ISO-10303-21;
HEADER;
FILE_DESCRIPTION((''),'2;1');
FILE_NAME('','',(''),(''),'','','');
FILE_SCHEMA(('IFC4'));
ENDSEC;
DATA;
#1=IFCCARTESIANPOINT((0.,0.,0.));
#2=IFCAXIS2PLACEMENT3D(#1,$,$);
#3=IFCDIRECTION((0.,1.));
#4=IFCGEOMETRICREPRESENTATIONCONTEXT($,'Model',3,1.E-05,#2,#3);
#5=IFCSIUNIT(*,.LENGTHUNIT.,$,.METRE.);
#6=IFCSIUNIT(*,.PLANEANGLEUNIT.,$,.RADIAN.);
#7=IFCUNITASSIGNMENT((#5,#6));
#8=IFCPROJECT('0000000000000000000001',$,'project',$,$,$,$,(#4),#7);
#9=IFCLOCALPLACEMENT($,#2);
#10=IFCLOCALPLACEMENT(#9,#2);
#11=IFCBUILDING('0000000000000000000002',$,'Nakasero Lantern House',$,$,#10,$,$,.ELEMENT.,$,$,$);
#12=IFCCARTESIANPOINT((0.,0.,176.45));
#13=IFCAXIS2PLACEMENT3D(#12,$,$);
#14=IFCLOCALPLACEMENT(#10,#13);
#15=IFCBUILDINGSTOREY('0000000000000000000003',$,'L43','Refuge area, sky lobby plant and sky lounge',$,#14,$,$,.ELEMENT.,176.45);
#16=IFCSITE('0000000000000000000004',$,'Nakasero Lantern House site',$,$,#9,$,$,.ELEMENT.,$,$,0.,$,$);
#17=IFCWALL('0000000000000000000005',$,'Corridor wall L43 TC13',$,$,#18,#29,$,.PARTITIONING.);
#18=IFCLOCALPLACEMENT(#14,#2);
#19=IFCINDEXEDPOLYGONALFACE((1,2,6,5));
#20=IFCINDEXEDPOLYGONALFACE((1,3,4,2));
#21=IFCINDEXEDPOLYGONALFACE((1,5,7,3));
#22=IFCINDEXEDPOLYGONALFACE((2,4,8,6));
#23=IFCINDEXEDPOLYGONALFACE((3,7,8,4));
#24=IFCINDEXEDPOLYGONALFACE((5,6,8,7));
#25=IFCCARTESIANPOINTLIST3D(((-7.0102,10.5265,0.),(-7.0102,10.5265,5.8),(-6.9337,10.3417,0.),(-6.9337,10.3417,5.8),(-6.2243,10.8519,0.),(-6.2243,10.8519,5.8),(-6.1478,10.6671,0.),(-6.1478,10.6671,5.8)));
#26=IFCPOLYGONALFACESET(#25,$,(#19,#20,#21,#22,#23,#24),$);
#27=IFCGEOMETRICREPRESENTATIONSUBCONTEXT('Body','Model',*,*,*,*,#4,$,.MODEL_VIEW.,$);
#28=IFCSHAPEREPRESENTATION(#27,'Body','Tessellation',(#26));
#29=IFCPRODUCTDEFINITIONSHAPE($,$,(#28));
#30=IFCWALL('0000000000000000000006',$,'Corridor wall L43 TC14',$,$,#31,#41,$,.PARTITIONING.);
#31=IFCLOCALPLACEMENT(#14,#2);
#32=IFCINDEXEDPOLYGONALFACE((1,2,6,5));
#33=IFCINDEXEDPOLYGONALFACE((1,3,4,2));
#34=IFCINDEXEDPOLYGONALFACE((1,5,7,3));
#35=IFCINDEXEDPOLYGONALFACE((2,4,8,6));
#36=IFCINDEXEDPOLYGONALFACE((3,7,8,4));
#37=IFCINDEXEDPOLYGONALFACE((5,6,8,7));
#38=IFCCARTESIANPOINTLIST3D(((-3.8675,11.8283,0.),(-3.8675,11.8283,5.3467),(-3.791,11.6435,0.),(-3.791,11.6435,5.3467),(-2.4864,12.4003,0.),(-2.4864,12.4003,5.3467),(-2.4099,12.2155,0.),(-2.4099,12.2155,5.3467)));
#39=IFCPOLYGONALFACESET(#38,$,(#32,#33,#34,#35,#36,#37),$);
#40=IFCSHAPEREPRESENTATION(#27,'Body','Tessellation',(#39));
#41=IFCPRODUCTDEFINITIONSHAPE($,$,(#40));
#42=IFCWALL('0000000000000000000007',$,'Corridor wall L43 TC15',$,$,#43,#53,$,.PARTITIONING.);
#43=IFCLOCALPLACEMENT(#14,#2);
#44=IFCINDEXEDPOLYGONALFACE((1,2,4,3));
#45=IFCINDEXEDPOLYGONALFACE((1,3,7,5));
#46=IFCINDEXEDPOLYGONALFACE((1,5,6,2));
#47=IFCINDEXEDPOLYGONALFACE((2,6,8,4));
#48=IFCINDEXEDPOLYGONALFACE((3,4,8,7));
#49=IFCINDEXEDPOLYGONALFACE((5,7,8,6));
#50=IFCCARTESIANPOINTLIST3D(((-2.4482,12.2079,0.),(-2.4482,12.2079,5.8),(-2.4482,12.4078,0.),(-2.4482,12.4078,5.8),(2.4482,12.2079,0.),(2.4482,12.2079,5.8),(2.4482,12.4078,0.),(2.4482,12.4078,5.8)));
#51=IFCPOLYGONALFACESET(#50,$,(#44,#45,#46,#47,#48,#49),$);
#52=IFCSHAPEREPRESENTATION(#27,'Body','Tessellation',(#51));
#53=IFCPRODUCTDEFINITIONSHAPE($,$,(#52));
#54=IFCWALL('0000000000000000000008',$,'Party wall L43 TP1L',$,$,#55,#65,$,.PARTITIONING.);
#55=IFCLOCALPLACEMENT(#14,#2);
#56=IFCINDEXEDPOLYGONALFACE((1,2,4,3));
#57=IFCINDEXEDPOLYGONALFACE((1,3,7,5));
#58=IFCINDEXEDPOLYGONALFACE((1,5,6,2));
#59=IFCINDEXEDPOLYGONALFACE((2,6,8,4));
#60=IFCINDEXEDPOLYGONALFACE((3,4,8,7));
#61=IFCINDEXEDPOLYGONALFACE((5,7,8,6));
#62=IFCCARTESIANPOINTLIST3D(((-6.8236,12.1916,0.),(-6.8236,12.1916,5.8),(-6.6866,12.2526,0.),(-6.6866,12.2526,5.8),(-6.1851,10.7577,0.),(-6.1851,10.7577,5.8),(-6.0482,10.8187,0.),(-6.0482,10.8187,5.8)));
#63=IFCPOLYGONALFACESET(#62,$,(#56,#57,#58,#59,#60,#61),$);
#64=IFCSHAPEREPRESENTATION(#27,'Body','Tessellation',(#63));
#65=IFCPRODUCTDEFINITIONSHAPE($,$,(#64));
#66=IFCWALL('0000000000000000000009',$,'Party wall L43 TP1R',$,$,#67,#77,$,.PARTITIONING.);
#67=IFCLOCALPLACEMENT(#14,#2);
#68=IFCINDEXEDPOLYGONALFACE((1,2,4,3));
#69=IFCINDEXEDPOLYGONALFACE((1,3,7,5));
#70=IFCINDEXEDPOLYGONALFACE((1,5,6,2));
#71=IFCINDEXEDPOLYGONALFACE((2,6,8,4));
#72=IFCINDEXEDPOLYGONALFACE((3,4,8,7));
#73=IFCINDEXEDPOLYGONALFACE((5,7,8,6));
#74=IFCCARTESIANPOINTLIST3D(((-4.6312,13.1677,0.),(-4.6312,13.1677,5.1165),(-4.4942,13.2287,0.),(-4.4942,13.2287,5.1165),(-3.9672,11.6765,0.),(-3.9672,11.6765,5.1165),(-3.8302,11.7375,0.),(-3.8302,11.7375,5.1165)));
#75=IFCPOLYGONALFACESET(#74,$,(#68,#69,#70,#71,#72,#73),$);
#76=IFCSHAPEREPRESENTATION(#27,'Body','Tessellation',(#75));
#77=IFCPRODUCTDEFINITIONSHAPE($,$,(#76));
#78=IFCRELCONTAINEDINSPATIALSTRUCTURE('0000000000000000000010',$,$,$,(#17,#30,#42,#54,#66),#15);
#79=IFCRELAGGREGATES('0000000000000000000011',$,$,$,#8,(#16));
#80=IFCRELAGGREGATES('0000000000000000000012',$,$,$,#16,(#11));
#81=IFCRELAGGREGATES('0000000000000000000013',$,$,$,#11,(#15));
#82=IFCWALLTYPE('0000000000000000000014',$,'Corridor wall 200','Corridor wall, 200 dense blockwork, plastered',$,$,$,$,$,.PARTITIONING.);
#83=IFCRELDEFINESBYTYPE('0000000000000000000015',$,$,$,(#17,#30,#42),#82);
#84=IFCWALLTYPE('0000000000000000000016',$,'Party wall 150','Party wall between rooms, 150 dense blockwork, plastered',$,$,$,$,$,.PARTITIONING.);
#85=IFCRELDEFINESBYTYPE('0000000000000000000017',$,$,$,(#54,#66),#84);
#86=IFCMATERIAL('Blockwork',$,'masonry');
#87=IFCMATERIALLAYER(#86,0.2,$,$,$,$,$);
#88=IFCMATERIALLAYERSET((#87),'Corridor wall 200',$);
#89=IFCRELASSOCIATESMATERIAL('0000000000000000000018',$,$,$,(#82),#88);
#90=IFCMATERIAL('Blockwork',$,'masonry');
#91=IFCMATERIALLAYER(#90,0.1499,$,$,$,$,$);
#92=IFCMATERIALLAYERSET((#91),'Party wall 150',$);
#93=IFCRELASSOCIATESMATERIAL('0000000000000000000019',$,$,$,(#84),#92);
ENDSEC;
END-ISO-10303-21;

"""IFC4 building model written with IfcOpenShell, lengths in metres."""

from ifc_helpers import new_model, si_unit, direction, frame, frame_2d, origin, place, context, subcontext, project, spatial, rectangle, extrude, material, layer, layer_set, type_object, element, save


model = new_model("IFC4")

# Units and contexts
model_context = context("Model", 3, precision=1e-05, world=origin(), true_north=direction((0.0, 1.0)))
body_context = subcontext(model_context, "Body", "Model", "MODEL_VIEW")
ifc_project = project(units=[si_unit("LENGTHUNIT", "METRE"), si_unit("PLANEANGLEUNIT", "RADIAN")], contexts=[model_context])

# Site, building, storey
site_placement = place(None, origin())
site = spatial("IfcSite", under=ifc_project, at=site_placement, Name="Nakasero Lantern House site", CompositionType="ELEMENT", RefElevation=0.0)
building_placement = place(site_placement, origin())
building = spatial("IfcBuilding", under=site, at=building_placement, Name="Nakasero Lantern House", CompositionType="ELEMENT")
storey_placement = place(building_placement, frame((0.0, 0.0, 176.45)))
storey = spatial("IfcBuildingStorey", under=building, at=storey_placement, Name="L43", Description="Refuge area, sky lobby plant and sky lounge", CompositionType="ELEMENT", Elevation=176.45)

# Walls
ifc_material_1 = material(Name="Blockwork", Category="masonry")
ifc_layer_1 = layer(ifc_material_1, 0.2)
ifc_layer_set_1 = layer_set([ifc_layer_1], Name="Corridor wall 200")
wall_type_1 = type_object("IfcWallType", Name="Corridor wall 200", Description="Corridor wall, 200 dense blockwork, plastered", PredefinedType="PARTITIONING", material=ifc_layer_set_1)
wall_1_placement = place(storey_placement, frame((-6.9719, 10.4341, 0.0), z_axis=(0.0, 0.0, 1.0), x_axis=(0.923915, 0.382597, 0.0)))
element("IfcWall", 1, at=wall_1_placement, inside=storey, type_object=wall_type_1, Name="Corridor wall L43 TC13", PredefinedType="PARTITIONING", context=body_context, shape_type="SweptSolid", body=[
    extrude(rectangle(XDim=0.8506, YDim=0.2, at=frame_2d((0.4253, 0.0))), origin(), (0.0, 0.0, 1.0), 5.8),
])
wall_2_placement = place(storey_placement, frame((-3.8293, 11.7358, 0.0), z_axis=(0.0, 0.0, 1.0), x_axis=(0.923891, 0.382655, 0.0)))
element("IfcWall", 2, at=wall_2_placement, inside=storey, type_object=wall_type_1, Name="Corridor wall L43 TC14", PredefinedType="PARTITIONING", context=body_context, shape_type="SweptSolid", body=[
    extrude(rectangle(XDim=1.4949, YDim=0.2, at=frame_2d((0.7476, 0.0))), origin(), (0.0, 0.0, 1.0), 5.3467),
])
wall_3_placement = place(storey_placement, frame((-2.4482, 12.3079, 0.0), z_axis=(0.0, 0.0, 1.0), x_axis=(1.0, 0.0, 0.0)))
element("IfcWall", 3, at=wall_3_placement, inside=storey, type_object=wall_type_1, Name="Corridor wall L43 TC15", PredefinedType="PARTITIONING", context=body_context, shape_type="SweptSolid", body=[
    extrude(rectangle(XDim=4.8965, YDim=0.2, at=frame_2d((2.4482, 0.0))), origin(), (0.0, 0.0, 1.0), 5.8),
])
ifc_material_2 = material(Name="Blockwork", Category="masonry")
ifc_layer_2 = layer(ifc_material_2, 0.1499)
ifc_layer_set_2 = layer_set([ifc_layer_2], Name="Party wall 150")
wall_type_2 = type_object("IfcWallType", Name="Party wall 150", Description="Party wall between rooms, 150 dense blockwork, plastered", PredefinedType="PARTITIONING", material=ifc_layer_set_2)
wall_4_placement = place(storey_placement, frame((-6.1167, 10.7883, 0.0), z_axis=(0.0, 0.0, 1.0), x_axis=(-0.406759, 0.913536, 0.0)))
element("IfcWall", 4, at=wall_4_placement, inside=storey, type_object=wall_type_2, Name="Party wall L43 TP1L", PredefinedType="PARTITIONING", context=body_context, shape_type="SweptSolid", body=[
    extrude(rectangle(XDim=1.5696, YDim=0.1499, at=frame_2d((0.7847, 0.0))), origin(), (0.0, 0.0, 1.0), 5.8),
])
wall_5_placement = place(storey_placement, frame((-3.8987, 11.707, 0.0), z_axis=(0.0, 0.0, 1.0), x_axis=(-0.406804, 0.913515, 0.0)))
element("IfcWall", 5, at=wall_5_placement, inside=storey, type_object=wall_type_2, Name="Party wall L43 TP1R", PredefinedType="PARTITIONING", context=body_context, shape_type="SweptSolid", body=[
    extrude(rectangle(XDim=1.6323, YDim=0.1499, at=frame_2d((0.8162, 0.0))), origin(), (0.0, 0.0, 1.0), 5.1165),
])

save(model, "model.ifc")
